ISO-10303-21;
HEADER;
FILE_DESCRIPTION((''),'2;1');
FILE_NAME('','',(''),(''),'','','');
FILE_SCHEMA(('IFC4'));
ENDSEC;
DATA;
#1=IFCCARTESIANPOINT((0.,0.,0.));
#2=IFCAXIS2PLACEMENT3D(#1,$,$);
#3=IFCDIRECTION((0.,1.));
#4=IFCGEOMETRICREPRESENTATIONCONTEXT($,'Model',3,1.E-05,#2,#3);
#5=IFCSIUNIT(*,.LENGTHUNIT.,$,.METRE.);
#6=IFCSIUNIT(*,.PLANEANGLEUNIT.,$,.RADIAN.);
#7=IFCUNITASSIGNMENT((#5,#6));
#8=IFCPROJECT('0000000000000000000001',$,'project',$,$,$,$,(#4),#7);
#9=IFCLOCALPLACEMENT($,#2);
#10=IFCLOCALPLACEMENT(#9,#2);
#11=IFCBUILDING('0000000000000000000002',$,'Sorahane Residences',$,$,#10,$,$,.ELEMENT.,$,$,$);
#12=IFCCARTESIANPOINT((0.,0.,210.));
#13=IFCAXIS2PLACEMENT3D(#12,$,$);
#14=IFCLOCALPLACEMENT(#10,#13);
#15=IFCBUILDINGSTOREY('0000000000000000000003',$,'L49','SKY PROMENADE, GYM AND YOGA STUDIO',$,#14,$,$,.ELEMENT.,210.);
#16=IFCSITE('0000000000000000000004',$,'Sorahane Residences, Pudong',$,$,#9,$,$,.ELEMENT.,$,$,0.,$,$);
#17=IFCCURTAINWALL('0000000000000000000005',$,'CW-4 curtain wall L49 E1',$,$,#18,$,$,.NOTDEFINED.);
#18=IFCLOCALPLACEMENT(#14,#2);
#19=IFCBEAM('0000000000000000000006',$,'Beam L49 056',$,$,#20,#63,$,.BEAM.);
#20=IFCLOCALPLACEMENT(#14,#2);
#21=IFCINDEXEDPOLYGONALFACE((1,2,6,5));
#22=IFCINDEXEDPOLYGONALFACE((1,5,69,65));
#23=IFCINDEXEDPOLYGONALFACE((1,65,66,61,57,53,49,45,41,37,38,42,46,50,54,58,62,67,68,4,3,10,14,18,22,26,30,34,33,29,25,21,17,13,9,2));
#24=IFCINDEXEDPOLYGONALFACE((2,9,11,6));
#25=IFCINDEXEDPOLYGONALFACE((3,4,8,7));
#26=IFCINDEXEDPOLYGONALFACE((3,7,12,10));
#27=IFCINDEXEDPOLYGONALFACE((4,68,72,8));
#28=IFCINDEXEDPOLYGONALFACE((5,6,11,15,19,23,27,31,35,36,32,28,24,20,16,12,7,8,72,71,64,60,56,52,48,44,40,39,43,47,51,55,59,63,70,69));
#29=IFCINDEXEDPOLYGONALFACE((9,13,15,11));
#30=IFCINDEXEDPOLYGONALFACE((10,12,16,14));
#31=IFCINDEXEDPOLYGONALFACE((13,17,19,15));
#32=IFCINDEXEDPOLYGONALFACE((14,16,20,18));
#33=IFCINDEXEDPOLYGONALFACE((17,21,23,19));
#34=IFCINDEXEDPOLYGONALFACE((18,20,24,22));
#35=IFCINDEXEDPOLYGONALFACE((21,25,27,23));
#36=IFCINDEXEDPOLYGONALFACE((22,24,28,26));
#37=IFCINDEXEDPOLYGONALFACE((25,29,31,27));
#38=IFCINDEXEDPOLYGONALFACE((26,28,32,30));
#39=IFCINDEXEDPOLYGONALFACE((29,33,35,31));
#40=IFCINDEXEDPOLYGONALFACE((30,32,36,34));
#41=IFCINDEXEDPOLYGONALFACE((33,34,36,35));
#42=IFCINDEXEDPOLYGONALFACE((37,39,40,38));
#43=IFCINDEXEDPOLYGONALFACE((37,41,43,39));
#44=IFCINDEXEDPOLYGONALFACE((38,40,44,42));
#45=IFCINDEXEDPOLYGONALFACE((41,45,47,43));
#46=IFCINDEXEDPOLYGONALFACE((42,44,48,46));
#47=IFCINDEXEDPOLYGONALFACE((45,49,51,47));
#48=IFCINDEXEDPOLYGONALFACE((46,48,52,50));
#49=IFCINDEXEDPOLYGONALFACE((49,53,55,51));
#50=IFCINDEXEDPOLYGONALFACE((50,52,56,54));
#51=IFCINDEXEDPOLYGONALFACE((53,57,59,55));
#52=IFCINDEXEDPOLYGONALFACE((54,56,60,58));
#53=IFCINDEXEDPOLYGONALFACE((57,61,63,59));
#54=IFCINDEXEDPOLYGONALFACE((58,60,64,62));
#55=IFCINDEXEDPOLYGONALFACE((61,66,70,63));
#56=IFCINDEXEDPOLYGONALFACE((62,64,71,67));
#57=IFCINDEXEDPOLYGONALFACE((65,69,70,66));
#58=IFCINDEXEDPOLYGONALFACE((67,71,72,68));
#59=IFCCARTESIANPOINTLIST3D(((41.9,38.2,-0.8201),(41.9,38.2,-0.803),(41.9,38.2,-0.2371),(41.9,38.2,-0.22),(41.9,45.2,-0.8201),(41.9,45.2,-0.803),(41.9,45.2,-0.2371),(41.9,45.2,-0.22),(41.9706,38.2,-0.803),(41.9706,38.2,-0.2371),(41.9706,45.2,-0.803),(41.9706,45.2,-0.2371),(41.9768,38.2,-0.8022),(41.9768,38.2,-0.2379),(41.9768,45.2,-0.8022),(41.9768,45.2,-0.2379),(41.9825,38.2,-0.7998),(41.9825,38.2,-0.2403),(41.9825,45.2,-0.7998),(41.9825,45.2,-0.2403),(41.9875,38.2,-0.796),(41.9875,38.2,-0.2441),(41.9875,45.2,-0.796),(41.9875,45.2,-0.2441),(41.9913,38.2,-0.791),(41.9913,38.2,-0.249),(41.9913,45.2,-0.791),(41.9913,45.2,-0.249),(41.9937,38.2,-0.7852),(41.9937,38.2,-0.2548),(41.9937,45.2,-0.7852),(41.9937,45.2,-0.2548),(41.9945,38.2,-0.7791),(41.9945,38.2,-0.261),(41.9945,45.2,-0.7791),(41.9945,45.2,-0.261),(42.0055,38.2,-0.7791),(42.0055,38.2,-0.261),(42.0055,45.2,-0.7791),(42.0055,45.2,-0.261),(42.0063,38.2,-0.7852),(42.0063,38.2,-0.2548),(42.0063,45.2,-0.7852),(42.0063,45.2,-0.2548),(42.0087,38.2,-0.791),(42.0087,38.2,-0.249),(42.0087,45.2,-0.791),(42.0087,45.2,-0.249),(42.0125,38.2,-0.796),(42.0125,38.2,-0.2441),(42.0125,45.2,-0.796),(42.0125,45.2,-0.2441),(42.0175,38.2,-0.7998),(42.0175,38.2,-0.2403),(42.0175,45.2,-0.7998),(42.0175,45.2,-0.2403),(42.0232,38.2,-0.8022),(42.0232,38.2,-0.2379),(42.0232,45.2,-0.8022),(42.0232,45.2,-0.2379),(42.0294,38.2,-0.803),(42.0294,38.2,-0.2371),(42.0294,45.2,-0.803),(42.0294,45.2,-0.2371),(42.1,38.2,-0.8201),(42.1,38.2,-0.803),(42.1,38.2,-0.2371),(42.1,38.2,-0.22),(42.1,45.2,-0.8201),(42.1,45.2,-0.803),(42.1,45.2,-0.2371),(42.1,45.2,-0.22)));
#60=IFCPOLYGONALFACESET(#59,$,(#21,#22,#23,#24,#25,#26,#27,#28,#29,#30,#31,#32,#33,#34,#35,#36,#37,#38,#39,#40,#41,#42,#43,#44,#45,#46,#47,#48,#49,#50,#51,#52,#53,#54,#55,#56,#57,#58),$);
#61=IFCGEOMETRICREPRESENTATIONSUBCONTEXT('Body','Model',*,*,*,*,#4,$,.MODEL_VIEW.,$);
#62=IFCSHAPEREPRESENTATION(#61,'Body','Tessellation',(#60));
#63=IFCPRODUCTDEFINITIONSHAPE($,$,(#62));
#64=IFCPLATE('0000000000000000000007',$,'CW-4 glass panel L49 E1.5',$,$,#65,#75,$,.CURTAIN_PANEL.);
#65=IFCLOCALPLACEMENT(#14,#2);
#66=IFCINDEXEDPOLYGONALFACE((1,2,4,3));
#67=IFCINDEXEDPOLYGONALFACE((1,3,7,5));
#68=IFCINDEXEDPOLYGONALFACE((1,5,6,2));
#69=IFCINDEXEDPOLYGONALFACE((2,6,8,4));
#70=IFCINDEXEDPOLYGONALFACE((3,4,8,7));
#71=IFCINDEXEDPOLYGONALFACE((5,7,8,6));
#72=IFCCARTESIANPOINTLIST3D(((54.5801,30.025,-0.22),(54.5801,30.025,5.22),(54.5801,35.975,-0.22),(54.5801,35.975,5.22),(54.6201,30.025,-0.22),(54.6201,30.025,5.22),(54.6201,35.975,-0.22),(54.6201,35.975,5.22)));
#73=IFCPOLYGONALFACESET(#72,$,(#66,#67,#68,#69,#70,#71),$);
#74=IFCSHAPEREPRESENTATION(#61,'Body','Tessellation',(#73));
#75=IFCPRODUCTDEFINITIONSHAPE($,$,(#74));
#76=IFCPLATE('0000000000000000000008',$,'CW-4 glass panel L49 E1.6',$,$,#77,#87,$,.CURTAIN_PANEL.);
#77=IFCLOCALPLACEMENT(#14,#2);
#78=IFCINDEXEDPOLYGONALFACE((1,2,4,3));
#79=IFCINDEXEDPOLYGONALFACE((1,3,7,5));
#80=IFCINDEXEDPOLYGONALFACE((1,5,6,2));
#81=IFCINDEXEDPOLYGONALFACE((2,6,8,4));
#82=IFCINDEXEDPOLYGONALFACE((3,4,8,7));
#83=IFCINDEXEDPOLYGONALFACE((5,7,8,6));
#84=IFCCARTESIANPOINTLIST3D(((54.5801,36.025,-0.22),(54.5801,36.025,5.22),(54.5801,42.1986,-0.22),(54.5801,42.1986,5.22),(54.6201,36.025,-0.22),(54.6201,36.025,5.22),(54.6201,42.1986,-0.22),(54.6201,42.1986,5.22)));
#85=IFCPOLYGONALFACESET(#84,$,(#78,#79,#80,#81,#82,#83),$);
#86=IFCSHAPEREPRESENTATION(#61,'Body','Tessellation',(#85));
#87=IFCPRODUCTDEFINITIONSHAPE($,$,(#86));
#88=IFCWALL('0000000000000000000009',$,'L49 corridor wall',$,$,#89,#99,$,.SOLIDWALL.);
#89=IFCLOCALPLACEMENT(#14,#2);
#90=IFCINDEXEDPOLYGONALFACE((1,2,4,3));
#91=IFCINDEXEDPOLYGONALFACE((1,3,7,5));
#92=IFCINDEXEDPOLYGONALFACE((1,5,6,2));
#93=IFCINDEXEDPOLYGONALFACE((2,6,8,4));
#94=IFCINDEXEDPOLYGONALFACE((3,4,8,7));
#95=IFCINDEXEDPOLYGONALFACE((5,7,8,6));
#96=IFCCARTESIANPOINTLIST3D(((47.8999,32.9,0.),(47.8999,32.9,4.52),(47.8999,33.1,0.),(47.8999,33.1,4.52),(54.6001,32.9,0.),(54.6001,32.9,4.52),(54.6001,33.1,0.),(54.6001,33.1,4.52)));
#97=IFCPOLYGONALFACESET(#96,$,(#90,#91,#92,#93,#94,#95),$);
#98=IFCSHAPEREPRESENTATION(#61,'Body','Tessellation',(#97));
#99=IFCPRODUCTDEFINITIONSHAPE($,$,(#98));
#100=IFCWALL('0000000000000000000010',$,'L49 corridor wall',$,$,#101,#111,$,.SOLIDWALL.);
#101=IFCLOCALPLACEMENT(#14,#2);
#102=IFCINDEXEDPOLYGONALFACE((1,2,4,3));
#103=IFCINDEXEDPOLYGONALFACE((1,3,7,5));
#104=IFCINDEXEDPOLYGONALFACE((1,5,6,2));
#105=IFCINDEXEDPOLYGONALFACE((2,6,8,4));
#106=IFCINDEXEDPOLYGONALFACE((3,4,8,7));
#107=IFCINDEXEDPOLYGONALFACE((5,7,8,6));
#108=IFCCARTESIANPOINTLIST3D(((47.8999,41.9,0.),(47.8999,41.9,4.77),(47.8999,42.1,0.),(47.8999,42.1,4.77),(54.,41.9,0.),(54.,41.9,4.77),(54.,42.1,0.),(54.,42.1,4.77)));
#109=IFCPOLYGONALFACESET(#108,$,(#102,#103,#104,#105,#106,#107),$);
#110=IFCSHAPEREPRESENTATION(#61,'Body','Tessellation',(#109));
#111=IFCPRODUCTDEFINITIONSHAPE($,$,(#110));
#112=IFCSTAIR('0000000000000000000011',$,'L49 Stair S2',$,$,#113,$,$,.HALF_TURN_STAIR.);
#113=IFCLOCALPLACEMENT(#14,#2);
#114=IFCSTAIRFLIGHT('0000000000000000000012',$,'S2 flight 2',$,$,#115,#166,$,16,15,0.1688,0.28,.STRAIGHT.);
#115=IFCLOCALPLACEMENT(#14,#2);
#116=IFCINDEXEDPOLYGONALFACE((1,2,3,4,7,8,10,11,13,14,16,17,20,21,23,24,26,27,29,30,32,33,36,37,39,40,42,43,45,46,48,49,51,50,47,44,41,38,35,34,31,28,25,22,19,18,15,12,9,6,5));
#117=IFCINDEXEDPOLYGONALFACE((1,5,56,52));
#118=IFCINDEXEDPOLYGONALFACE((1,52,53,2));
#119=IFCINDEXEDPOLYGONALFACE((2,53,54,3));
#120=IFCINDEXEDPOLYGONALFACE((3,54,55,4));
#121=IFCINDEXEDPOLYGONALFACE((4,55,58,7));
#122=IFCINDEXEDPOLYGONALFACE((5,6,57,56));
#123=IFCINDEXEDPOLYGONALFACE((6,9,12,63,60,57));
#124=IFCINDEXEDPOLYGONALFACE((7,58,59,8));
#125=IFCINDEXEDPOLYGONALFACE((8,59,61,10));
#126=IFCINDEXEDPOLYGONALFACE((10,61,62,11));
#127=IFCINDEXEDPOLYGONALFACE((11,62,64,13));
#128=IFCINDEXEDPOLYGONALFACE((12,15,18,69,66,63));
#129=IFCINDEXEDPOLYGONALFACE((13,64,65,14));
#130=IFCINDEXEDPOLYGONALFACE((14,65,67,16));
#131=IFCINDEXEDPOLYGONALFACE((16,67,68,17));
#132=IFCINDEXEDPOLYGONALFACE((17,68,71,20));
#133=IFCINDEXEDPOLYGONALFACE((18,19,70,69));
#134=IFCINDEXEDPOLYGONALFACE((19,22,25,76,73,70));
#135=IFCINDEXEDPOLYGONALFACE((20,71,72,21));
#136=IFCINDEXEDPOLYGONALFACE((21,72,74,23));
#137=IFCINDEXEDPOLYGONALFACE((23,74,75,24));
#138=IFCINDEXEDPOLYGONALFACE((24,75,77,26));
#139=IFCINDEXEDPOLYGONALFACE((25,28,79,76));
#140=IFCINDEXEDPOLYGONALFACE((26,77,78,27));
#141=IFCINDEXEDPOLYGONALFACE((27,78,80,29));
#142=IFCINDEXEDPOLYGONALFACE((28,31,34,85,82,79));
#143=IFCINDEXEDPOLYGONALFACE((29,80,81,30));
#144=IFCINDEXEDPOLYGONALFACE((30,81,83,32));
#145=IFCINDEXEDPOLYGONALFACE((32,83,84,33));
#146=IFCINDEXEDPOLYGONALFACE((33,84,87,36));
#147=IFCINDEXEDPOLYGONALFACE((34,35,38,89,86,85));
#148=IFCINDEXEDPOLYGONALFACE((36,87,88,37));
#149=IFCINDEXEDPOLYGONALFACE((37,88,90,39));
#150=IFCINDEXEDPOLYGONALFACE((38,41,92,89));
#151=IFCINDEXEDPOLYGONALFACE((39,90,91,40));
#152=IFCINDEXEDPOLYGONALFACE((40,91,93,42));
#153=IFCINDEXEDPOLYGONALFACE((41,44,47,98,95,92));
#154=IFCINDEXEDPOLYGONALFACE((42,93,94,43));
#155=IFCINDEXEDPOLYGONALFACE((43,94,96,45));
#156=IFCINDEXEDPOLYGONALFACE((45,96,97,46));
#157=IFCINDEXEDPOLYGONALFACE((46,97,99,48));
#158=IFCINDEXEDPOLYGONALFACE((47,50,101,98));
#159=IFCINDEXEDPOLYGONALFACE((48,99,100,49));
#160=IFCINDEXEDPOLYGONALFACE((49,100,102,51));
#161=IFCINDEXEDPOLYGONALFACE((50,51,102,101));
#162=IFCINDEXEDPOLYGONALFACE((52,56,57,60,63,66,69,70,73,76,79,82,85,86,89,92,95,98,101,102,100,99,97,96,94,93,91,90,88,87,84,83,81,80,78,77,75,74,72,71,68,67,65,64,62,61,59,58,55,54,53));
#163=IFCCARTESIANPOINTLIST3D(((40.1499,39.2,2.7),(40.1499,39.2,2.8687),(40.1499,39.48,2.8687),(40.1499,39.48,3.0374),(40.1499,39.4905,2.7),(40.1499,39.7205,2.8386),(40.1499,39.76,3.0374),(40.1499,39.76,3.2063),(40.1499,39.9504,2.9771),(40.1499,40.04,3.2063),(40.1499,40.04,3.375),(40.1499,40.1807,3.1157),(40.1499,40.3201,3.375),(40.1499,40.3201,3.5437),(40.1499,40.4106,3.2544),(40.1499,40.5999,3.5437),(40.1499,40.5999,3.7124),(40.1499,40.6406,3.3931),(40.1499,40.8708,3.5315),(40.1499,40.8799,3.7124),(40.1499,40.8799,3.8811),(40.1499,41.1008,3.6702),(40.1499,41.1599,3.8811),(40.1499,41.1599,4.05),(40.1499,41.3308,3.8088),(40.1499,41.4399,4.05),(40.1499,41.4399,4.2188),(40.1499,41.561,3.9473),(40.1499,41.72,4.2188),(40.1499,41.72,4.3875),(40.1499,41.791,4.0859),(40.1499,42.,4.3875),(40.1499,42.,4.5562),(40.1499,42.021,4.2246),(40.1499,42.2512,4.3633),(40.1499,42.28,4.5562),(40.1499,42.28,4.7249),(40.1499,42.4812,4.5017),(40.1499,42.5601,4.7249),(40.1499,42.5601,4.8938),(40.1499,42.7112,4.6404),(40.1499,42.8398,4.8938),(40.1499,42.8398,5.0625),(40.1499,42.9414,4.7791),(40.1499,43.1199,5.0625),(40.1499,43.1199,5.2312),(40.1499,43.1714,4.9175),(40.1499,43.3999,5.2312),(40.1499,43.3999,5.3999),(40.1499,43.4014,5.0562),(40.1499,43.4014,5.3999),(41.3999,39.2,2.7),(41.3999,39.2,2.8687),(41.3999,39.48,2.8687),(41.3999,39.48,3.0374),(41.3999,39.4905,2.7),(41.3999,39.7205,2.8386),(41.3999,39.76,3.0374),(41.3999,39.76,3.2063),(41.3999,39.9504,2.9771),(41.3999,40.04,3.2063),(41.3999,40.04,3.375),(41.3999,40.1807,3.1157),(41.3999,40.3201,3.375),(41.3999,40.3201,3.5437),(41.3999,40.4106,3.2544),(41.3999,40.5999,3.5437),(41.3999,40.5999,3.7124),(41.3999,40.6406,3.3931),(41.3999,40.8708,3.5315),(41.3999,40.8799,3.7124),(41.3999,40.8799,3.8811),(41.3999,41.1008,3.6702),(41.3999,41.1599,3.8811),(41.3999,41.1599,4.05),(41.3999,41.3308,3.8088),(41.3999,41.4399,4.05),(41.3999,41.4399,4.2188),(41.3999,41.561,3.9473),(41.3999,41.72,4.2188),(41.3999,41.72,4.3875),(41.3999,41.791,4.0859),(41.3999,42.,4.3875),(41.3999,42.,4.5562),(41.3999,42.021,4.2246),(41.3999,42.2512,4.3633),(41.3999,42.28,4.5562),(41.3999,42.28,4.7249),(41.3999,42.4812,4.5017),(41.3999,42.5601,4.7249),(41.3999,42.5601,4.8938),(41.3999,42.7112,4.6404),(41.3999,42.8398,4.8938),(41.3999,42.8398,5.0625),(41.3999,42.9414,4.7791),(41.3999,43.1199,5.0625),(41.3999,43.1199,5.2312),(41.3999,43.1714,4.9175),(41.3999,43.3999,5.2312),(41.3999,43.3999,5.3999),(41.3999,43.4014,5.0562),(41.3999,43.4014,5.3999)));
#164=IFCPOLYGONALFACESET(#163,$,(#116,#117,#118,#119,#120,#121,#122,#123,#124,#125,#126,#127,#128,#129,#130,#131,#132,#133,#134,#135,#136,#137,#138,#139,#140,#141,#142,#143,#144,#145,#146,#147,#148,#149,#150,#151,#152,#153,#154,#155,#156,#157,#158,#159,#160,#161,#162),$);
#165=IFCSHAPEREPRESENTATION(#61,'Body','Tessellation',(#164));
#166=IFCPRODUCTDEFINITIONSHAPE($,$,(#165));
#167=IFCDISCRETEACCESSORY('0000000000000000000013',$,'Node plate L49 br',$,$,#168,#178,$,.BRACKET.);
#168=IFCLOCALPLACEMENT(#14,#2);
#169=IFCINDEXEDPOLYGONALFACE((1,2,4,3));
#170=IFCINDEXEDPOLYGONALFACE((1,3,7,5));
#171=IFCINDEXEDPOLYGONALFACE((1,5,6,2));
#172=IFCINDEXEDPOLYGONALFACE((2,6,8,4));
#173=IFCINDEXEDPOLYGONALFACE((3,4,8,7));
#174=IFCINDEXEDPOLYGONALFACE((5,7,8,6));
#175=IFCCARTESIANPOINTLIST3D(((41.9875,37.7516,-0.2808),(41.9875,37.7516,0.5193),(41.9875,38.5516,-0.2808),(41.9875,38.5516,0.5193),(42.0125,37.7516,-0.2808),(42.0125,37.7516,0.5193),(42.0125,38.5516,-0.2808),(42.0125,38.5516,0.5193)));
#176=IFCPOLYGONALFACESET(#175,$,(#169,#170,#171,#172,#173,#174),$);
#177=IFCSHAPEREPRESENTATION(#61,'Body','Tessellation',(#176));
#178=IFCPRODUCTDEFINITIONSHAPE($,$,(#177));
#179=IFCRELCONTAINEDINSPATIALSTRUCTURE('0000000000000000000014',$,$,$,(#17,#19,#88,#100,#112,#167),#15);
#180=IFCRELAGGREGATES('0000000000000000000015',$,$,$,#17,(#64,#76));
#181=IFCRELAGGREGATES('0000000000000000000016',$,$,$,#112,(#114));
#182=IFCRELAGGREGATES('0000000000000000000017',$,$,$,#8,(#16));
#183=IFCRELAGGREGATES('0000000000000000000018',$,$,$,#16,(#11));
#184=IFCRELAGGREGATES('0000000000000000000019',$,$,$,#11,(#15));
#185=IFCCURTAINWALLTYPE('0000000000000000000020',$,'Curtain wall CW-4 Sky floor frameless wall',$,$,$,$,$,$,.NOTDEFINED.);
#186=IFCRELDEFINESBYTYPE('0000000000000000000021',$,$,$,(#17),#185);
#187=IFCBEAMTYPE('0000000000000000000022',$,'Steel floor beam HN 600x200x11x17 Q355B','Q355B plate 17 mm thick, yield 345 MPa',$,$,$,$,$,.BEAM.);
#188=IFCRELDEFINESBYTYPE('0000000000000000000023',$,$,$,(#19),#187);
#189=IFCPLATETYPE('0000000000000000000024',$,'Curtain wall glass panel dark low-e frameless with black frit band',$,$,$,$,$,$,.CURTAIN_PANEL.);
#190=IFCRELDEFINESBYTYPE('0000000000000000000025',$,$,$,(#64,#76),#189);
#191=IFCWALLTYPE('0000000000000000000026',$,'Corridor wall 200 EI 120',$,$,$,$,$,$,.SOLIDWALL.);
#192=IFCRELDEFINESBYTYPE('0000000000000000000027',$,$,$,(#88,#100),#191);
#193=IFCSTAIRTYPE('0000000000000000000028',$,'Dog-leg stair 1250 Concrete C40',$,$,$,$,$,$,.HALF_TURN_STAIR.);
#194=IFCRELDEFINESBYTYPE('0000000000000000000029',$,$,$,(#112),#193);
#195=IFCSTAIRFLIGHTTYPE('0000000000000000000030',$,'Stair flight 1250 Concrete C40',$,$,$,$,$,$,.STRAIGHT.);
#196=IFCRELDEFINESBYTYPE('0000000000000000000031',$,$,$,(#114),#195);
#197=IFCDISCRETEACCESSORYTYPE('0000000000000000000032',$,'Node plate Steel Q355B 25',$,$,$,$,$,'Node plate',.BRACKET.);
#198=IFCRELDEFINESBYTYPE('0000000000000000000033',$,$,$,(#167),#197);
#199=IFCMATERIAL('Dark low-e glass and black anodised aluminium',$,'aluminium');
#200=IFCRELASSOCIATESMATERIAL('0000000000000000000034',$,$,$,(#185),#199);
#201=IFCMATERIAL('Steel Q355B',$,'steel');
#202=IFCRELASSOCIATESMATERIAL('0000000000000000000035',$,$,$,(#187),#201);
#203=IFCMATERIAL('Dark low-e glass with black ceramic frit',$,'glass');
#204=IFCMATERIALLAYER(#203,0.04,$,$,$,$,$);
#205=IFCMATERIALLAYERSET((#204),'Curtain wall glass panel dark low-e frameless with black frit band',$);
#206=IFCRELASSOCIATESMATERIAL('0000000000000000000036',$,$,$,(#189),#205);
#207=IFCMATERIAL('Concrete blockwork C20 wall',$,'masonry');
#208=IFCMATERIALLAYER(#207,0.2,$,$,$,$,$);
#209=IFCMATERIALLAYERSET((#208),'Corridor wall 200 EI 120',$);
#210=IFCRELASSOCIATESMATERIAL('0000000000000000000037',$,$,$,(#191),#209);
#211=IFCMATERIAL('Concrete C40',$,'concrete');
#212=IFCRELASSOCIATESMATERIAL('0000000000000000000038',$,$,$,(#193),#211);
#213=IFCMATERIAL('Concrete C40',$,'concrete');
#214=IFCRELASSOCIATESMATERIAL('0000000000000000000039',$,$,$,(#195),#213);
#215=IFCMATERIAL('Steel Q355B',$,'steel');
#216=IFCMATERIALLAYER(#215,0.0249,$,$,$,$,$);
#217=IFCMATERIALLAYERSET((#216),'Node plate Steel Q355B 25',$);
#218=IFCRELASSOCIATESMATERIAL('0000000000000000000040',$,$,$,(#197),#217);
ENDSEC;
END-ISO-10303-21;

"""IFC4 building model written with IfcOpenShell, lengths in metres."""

from ifc_helpers import new_model, si_unit, direction, frame, frame_2d, origin, origin_2d, place, context, subcontext, project, spatial, polyline, rectangle, i_section, outline, extrude, material, layer, layer_set, material_profile, profile_set, type_object, element, aggregate, save


model = new_model("IFC4")

# Units and contexts
model_context = context("Model", 3, precision=1e-05, world=origin(), true_north=direction((0.0, 1.0)))
body_context = subcontext(model_context, "Body", "Model", "MODEL_VIEW")
ifc_project = project(units=[si_unit("LENGTHUNIT", "METRE"), si_unit("PLANEANGLEUNIT", "RADIAN")], contexts=[model_context])

# Site, building, storey
site_placement = place(None, origin())
site = spatial("IfcSite", under=ifc_project, at=site_placement, Name="Sorahane Residences, Pudong", CompositionType="ELEMENT", RefElevation=0.0)
building_placement = place(site_placement, origin())
building = spatial("IfcBuilding", under=site, at=building_placement, Name="Sorahane Residences", CompositionType="ELEMENT")
storey_placement = place(building_placement, frame((0.0, 0.0, 210.0)))
storey = spatial("IfcBuildingStorey", under=building, at=storey_placement, Name="L49", Description="SKY PROMENADE, GYM AND YOGA STUDIO", CompositionType="ELEMENT", Elevation=210.0)

# Curtain wall
ifc_material_1 = material(Name="Dark low-e glass and black anodised aluminium", Category="aluminium")
curtain_wall_type = type_object("IfcCurtainWallType", Name="Curtain wall CW-4 Sky floor frameless wall", PredefinedType="NOTDEFINED", material=ifc_material_1)
curtain_wall_placement = place(storey_placement, origin())
curtain_wall = element("IfcCurtainWall", 1, at=curtain_wall_placement, inside=storey, type_object=curtain_wall_type, Name="CW-4 curtain wall L49 E1", PredefinedType="NOTDEFINED")

# Beam
ifc_material_2 = material(Name="Steel Q355B", Category="steel")
ifc_material_profile_1 = material_profile(ifc_material_2, i_section(OverallWidth=0.2, OverallDepth=0.6001, WebThickness=0.011, FlangeThickness=0.0171, FilletRadius=0.0239, at=origin_2d()), Name="HN 600x200x11x17")
ifc_profile_set_1 = profile_set([ifc_material_profile_1], Name="Steel Q355B")
beam_type_1 = type_object("IfcBeamType", Name="Steel floor beam HN 600x200x11x17 Q355B", Description="Q355B plate 17 mm thick, yield 345 MPa", PredefinedType="BEAM", material=ifc_profile_set_1)
for number, where, z_axis, x_axis, name in (
    (2, (42.0, 38.2, -0.52), (0.0, 1.0, 0.0), (-1.0, 0.0, 0.0), "Beam L49 056"),
):
    element("IfcBeam", number, at=place(storey_placement, frame(where, z_axis=z_axis, x_axis=x_axis)), inside=storey, type_object=beam_type_1, Name=name, PredefinedType="BEAM", context=body_context, shape_type="SweptSolid", body=[
        extrude(i_section(OverallWidth=0.2, OverallDepth=0.6001, WebThickness=0.011, FlangeThickness=0.0171, FilletRadius=0.0239, at=origin_2d()), origin(), (0.0, 0.0, 1.0), 7.0),
    ])

# Plates
ifc_material_3 = material(Name="Dark low-e glass with black ceramic frit", Category="glass")
ifc_layer_1 = layer(ifc_material_3, 0.04)
ifc_layer_set_1 = layer_set([ifc_layer_1], Name="Curtain wall glass panel dark low-e frameless with black frit band")
plate_type = type_object("IfcPlateType", Name="Curtain wall glass panel dark low-e frameless with black frit band", PredefinedType="CURTAIN_PANEL", material=ifc_layer_set_1)
plate_1_placement = place(storey_placement, frame((54.6001, 33.0, -0.22), z_axis=(0.0, 0.0, 1.0), x_axis=(0.0, 1.0, 0.0)))
plate_1 = element("IfcPlate", 3, at=plate_1_placement, type_object=plate_type, Name="CW-4 glass panel L49 E1.5", PredefinedType="CURTAIN_PANEL", context=body_context, shape_type="SweptSolid", body=[
    extrude(rectangle(XDim=5.95, YDim=0.04, at=origin_2d()), origin(), (0.0, 0.0, 1.0), 5.4399),
])
plate_2_placement = place(storey_placement, frame((54.6001, 39.1118, -0.22), z_axis=(0.0, 0.0, 1.0), x_axis=(0.0, 1.0, 0.0)))
plate_2 = element("IfcPlate", 4, at=plate_2_placement, type_object=plate_type, Name="CW-4 glass panel L49 E1.6", PredefinedType="CURTAIN_PANEL", context=body_context, shape_type="SweptSolid", body=[
    extrude(rectangle(XDim=6.1736, YDim=0.04, at=origin_2d()), origin(), (0.0, 0.0, 1.0), 5.4399),
])
aggregate(curtain_wall, [plate_1, plate_2])

# Walls
ifc_material_4 = material(Name="Concrete blockwork C20 wall", Category="masonry")
ifc_layer_2 = layer(ifc_material_4, 0.2)
ifc_layer_set_2 = layer_set([ifc_layer_2], Name="Corridor wall 200 EI 120")
wall_type = type_object("IfcWallType", Name="Corridor wall 200 EI 120", PredefinedType="SOLIDWALL", material=ifc_layer_set_2)
wall_1_placement = place(storey_placement, frame((47.8999, 33.0, 0.0), z_axis=(0.0, 0.0, 1.0), x_axis=(1.0, 0.0, 0.0)))
element("IfcWall", 5, at=wall_1_placement, inside=storey, type_object=wall_type, Name="L49 corridor wall", PredefinedType="SOLIDWALL", context=body_context, shape_type="SweptSolid", body=[
    extrude(rectangle(XDim=6.7002, YDim=0.2, at=frame_2d((3.3501, 0.0))), origin(), (0.0, 0.0, 1.0), 4.52),
])
wall_2_placement = place(storey_placement, frame((47.8999, 42.0, 0.0), z_axis=(0.0, 0.0, 1.0), x_axis=(1.0, 0.0, 0.0)))
element("IfcWall", 6, at=wall_2_placement, inside=storey, type_object=wall_type, Name="L49 corridor wall", PredefinedType="SOLIDWALL", context=body_context, shape_type="SweptSolid", body=[
    extrude(rectangle(XDim=6.1001, YDim=0.2, at=frame_2d((3.05, 0.0))), origin(), (0.0, 0.0, 1.0), 4.77),
])

# Stair, stair flight
ifc_material_5 = material(Name="Concrete C40", Category="concrete")
stair_type = type_object("IfcStairType", Name="Dog-leg stair 1250 Concrete C40", PredefinedType="HALF_TURN_STAIR", material=ifc_material_5)
stair_placement = place(storey_placement, origin())
stair = element("IfcStair", 7, at=stair_placement, inside=storey, type_object=stair_type, Name="L49 Stair S2", PredefinedType="HALF_TURN_STAIR")
ifc_material_6 = material(Name="Concrete C40", Category="concrete")
stair_flight_type = type_object("IfcStairFlightType", Name="Stair flight 1250 Concrete C40", PredefinedType="STRAIGHT", material=ifc_material_6)
stair_flight_placement = place(storey_placement, frame((40.7749, 39.2, 2.7), z_axis=(0.0, 0.0, 1.0), x_axis=(0.0, 1.0, 0.0)))
stair_flight = element("IfcStairFlight", 8, at=stair_flight_placement, type_object=stair_flight_type, Name="S2 flight 2", NumberOfRisers=16, NumberOfTreads=15, PredefinedType="STRAIGHT", RiserHeight=0.1688, TreadLength=0.28, context=body_context, shape_type="SweptSolid", body=[
    extrude(outline(polyline([(0.0, 0.0), (0.0, 0.1687), (0.28, 0.1687), (0.28, 0.3374), (0.5601, 0.3374), (0.5601, 0.5063), (0.8401, 0.5063), (0.8401, 0.675), (1.1201, 0.675), (1.1201, 0.8438), (1.3999, 0.8438), (1.3999, 1.0125), (1.6799, 1.0125), (1.6799, 1.1812), (1.96, 1.1812), (1.96, 1.3501), (2.24, 1.3501), (2.24, 1.5188), (2.52, 1.5188), (2.52, 1.6875), (2.8, 1.6875), (2.8, 1.8562), (3.0801, 1.8562), (3.0801, 2.0249), (3.3601, 2.0249), (3.3601, 2.1938), (3.6399, 2.1938), (3.6399, 2.3625), (3.9199, 2.3625), (3.9199, 2.5312), (4.2, 2.5312), (4.2, 2.7), (4.2014, 2.7), (4.2014, 2.3562), (3.9714, 2.2175), (3.7415, 2.0791), (3.5112, 1.9404), (3.2812, 1.8018), (3.0513, 1.6633), (2.821, 1.5247), (2.5911, 1.386), (2.3611, 1.2473), (2.1309, 1.1089), (1.9009, 0.9702), (1.6709, 0.8315), (1.4407, 0.6931), (1.2107, 0.5544), (0.9807, 0.4158), (0.7505, 0.2771), (0.5205, 0.1387), (0.2905, 0.0), (0.0, 0.0)])), frame((0.0, 0.625, 0.0), z_axis=(0.0, -1.0, 0.0), x_axis=(1.0, 0.0, 0.0)), (0.0, 0.0, 1.0), 1.25),
])
aggregate(stair, [stair_flight])

# Discrete accessory
ifc_material_7 = material(Name="Steel Q355B", Category="steel")
ifc_layer_3 = layer(ifc_material_7, 0.0249)
ifc_layer_set_3 = layer_set([ifc_layer_3], Name="Node plate Steel Q355B 25")
discrete_accessory_type = type_object("IfcDiscreteAccessoryType", Name="Node plate Steel Q355B 25", ElementType="Node plate", PredefinedType="BRACKET", material=ifc_layer_set_3)
discrete_accessory_placement = place(storey_placement, frame((42.0, 38.1516, -0.2808), z_axis=(0.0, 0.0, 1.0), x_axis=(0.0, 1.0, 0.0)))
element("IfcDiscreteAccessory", 9, at=discrete_accessory_placement, inside=storey, type_object=discrete_accessory_type, Name="Node plate L49 br", PredefinedType="BRACKET", context=body_context, shape_type="SweptSolid", body=[
    extrude(rectangle(XDim=0.8, YDim=0.0249, at=origin_2d()), origin(), (0.0, 0.0, 1.0), 0.8),
])

save(model, "model.ifc")
